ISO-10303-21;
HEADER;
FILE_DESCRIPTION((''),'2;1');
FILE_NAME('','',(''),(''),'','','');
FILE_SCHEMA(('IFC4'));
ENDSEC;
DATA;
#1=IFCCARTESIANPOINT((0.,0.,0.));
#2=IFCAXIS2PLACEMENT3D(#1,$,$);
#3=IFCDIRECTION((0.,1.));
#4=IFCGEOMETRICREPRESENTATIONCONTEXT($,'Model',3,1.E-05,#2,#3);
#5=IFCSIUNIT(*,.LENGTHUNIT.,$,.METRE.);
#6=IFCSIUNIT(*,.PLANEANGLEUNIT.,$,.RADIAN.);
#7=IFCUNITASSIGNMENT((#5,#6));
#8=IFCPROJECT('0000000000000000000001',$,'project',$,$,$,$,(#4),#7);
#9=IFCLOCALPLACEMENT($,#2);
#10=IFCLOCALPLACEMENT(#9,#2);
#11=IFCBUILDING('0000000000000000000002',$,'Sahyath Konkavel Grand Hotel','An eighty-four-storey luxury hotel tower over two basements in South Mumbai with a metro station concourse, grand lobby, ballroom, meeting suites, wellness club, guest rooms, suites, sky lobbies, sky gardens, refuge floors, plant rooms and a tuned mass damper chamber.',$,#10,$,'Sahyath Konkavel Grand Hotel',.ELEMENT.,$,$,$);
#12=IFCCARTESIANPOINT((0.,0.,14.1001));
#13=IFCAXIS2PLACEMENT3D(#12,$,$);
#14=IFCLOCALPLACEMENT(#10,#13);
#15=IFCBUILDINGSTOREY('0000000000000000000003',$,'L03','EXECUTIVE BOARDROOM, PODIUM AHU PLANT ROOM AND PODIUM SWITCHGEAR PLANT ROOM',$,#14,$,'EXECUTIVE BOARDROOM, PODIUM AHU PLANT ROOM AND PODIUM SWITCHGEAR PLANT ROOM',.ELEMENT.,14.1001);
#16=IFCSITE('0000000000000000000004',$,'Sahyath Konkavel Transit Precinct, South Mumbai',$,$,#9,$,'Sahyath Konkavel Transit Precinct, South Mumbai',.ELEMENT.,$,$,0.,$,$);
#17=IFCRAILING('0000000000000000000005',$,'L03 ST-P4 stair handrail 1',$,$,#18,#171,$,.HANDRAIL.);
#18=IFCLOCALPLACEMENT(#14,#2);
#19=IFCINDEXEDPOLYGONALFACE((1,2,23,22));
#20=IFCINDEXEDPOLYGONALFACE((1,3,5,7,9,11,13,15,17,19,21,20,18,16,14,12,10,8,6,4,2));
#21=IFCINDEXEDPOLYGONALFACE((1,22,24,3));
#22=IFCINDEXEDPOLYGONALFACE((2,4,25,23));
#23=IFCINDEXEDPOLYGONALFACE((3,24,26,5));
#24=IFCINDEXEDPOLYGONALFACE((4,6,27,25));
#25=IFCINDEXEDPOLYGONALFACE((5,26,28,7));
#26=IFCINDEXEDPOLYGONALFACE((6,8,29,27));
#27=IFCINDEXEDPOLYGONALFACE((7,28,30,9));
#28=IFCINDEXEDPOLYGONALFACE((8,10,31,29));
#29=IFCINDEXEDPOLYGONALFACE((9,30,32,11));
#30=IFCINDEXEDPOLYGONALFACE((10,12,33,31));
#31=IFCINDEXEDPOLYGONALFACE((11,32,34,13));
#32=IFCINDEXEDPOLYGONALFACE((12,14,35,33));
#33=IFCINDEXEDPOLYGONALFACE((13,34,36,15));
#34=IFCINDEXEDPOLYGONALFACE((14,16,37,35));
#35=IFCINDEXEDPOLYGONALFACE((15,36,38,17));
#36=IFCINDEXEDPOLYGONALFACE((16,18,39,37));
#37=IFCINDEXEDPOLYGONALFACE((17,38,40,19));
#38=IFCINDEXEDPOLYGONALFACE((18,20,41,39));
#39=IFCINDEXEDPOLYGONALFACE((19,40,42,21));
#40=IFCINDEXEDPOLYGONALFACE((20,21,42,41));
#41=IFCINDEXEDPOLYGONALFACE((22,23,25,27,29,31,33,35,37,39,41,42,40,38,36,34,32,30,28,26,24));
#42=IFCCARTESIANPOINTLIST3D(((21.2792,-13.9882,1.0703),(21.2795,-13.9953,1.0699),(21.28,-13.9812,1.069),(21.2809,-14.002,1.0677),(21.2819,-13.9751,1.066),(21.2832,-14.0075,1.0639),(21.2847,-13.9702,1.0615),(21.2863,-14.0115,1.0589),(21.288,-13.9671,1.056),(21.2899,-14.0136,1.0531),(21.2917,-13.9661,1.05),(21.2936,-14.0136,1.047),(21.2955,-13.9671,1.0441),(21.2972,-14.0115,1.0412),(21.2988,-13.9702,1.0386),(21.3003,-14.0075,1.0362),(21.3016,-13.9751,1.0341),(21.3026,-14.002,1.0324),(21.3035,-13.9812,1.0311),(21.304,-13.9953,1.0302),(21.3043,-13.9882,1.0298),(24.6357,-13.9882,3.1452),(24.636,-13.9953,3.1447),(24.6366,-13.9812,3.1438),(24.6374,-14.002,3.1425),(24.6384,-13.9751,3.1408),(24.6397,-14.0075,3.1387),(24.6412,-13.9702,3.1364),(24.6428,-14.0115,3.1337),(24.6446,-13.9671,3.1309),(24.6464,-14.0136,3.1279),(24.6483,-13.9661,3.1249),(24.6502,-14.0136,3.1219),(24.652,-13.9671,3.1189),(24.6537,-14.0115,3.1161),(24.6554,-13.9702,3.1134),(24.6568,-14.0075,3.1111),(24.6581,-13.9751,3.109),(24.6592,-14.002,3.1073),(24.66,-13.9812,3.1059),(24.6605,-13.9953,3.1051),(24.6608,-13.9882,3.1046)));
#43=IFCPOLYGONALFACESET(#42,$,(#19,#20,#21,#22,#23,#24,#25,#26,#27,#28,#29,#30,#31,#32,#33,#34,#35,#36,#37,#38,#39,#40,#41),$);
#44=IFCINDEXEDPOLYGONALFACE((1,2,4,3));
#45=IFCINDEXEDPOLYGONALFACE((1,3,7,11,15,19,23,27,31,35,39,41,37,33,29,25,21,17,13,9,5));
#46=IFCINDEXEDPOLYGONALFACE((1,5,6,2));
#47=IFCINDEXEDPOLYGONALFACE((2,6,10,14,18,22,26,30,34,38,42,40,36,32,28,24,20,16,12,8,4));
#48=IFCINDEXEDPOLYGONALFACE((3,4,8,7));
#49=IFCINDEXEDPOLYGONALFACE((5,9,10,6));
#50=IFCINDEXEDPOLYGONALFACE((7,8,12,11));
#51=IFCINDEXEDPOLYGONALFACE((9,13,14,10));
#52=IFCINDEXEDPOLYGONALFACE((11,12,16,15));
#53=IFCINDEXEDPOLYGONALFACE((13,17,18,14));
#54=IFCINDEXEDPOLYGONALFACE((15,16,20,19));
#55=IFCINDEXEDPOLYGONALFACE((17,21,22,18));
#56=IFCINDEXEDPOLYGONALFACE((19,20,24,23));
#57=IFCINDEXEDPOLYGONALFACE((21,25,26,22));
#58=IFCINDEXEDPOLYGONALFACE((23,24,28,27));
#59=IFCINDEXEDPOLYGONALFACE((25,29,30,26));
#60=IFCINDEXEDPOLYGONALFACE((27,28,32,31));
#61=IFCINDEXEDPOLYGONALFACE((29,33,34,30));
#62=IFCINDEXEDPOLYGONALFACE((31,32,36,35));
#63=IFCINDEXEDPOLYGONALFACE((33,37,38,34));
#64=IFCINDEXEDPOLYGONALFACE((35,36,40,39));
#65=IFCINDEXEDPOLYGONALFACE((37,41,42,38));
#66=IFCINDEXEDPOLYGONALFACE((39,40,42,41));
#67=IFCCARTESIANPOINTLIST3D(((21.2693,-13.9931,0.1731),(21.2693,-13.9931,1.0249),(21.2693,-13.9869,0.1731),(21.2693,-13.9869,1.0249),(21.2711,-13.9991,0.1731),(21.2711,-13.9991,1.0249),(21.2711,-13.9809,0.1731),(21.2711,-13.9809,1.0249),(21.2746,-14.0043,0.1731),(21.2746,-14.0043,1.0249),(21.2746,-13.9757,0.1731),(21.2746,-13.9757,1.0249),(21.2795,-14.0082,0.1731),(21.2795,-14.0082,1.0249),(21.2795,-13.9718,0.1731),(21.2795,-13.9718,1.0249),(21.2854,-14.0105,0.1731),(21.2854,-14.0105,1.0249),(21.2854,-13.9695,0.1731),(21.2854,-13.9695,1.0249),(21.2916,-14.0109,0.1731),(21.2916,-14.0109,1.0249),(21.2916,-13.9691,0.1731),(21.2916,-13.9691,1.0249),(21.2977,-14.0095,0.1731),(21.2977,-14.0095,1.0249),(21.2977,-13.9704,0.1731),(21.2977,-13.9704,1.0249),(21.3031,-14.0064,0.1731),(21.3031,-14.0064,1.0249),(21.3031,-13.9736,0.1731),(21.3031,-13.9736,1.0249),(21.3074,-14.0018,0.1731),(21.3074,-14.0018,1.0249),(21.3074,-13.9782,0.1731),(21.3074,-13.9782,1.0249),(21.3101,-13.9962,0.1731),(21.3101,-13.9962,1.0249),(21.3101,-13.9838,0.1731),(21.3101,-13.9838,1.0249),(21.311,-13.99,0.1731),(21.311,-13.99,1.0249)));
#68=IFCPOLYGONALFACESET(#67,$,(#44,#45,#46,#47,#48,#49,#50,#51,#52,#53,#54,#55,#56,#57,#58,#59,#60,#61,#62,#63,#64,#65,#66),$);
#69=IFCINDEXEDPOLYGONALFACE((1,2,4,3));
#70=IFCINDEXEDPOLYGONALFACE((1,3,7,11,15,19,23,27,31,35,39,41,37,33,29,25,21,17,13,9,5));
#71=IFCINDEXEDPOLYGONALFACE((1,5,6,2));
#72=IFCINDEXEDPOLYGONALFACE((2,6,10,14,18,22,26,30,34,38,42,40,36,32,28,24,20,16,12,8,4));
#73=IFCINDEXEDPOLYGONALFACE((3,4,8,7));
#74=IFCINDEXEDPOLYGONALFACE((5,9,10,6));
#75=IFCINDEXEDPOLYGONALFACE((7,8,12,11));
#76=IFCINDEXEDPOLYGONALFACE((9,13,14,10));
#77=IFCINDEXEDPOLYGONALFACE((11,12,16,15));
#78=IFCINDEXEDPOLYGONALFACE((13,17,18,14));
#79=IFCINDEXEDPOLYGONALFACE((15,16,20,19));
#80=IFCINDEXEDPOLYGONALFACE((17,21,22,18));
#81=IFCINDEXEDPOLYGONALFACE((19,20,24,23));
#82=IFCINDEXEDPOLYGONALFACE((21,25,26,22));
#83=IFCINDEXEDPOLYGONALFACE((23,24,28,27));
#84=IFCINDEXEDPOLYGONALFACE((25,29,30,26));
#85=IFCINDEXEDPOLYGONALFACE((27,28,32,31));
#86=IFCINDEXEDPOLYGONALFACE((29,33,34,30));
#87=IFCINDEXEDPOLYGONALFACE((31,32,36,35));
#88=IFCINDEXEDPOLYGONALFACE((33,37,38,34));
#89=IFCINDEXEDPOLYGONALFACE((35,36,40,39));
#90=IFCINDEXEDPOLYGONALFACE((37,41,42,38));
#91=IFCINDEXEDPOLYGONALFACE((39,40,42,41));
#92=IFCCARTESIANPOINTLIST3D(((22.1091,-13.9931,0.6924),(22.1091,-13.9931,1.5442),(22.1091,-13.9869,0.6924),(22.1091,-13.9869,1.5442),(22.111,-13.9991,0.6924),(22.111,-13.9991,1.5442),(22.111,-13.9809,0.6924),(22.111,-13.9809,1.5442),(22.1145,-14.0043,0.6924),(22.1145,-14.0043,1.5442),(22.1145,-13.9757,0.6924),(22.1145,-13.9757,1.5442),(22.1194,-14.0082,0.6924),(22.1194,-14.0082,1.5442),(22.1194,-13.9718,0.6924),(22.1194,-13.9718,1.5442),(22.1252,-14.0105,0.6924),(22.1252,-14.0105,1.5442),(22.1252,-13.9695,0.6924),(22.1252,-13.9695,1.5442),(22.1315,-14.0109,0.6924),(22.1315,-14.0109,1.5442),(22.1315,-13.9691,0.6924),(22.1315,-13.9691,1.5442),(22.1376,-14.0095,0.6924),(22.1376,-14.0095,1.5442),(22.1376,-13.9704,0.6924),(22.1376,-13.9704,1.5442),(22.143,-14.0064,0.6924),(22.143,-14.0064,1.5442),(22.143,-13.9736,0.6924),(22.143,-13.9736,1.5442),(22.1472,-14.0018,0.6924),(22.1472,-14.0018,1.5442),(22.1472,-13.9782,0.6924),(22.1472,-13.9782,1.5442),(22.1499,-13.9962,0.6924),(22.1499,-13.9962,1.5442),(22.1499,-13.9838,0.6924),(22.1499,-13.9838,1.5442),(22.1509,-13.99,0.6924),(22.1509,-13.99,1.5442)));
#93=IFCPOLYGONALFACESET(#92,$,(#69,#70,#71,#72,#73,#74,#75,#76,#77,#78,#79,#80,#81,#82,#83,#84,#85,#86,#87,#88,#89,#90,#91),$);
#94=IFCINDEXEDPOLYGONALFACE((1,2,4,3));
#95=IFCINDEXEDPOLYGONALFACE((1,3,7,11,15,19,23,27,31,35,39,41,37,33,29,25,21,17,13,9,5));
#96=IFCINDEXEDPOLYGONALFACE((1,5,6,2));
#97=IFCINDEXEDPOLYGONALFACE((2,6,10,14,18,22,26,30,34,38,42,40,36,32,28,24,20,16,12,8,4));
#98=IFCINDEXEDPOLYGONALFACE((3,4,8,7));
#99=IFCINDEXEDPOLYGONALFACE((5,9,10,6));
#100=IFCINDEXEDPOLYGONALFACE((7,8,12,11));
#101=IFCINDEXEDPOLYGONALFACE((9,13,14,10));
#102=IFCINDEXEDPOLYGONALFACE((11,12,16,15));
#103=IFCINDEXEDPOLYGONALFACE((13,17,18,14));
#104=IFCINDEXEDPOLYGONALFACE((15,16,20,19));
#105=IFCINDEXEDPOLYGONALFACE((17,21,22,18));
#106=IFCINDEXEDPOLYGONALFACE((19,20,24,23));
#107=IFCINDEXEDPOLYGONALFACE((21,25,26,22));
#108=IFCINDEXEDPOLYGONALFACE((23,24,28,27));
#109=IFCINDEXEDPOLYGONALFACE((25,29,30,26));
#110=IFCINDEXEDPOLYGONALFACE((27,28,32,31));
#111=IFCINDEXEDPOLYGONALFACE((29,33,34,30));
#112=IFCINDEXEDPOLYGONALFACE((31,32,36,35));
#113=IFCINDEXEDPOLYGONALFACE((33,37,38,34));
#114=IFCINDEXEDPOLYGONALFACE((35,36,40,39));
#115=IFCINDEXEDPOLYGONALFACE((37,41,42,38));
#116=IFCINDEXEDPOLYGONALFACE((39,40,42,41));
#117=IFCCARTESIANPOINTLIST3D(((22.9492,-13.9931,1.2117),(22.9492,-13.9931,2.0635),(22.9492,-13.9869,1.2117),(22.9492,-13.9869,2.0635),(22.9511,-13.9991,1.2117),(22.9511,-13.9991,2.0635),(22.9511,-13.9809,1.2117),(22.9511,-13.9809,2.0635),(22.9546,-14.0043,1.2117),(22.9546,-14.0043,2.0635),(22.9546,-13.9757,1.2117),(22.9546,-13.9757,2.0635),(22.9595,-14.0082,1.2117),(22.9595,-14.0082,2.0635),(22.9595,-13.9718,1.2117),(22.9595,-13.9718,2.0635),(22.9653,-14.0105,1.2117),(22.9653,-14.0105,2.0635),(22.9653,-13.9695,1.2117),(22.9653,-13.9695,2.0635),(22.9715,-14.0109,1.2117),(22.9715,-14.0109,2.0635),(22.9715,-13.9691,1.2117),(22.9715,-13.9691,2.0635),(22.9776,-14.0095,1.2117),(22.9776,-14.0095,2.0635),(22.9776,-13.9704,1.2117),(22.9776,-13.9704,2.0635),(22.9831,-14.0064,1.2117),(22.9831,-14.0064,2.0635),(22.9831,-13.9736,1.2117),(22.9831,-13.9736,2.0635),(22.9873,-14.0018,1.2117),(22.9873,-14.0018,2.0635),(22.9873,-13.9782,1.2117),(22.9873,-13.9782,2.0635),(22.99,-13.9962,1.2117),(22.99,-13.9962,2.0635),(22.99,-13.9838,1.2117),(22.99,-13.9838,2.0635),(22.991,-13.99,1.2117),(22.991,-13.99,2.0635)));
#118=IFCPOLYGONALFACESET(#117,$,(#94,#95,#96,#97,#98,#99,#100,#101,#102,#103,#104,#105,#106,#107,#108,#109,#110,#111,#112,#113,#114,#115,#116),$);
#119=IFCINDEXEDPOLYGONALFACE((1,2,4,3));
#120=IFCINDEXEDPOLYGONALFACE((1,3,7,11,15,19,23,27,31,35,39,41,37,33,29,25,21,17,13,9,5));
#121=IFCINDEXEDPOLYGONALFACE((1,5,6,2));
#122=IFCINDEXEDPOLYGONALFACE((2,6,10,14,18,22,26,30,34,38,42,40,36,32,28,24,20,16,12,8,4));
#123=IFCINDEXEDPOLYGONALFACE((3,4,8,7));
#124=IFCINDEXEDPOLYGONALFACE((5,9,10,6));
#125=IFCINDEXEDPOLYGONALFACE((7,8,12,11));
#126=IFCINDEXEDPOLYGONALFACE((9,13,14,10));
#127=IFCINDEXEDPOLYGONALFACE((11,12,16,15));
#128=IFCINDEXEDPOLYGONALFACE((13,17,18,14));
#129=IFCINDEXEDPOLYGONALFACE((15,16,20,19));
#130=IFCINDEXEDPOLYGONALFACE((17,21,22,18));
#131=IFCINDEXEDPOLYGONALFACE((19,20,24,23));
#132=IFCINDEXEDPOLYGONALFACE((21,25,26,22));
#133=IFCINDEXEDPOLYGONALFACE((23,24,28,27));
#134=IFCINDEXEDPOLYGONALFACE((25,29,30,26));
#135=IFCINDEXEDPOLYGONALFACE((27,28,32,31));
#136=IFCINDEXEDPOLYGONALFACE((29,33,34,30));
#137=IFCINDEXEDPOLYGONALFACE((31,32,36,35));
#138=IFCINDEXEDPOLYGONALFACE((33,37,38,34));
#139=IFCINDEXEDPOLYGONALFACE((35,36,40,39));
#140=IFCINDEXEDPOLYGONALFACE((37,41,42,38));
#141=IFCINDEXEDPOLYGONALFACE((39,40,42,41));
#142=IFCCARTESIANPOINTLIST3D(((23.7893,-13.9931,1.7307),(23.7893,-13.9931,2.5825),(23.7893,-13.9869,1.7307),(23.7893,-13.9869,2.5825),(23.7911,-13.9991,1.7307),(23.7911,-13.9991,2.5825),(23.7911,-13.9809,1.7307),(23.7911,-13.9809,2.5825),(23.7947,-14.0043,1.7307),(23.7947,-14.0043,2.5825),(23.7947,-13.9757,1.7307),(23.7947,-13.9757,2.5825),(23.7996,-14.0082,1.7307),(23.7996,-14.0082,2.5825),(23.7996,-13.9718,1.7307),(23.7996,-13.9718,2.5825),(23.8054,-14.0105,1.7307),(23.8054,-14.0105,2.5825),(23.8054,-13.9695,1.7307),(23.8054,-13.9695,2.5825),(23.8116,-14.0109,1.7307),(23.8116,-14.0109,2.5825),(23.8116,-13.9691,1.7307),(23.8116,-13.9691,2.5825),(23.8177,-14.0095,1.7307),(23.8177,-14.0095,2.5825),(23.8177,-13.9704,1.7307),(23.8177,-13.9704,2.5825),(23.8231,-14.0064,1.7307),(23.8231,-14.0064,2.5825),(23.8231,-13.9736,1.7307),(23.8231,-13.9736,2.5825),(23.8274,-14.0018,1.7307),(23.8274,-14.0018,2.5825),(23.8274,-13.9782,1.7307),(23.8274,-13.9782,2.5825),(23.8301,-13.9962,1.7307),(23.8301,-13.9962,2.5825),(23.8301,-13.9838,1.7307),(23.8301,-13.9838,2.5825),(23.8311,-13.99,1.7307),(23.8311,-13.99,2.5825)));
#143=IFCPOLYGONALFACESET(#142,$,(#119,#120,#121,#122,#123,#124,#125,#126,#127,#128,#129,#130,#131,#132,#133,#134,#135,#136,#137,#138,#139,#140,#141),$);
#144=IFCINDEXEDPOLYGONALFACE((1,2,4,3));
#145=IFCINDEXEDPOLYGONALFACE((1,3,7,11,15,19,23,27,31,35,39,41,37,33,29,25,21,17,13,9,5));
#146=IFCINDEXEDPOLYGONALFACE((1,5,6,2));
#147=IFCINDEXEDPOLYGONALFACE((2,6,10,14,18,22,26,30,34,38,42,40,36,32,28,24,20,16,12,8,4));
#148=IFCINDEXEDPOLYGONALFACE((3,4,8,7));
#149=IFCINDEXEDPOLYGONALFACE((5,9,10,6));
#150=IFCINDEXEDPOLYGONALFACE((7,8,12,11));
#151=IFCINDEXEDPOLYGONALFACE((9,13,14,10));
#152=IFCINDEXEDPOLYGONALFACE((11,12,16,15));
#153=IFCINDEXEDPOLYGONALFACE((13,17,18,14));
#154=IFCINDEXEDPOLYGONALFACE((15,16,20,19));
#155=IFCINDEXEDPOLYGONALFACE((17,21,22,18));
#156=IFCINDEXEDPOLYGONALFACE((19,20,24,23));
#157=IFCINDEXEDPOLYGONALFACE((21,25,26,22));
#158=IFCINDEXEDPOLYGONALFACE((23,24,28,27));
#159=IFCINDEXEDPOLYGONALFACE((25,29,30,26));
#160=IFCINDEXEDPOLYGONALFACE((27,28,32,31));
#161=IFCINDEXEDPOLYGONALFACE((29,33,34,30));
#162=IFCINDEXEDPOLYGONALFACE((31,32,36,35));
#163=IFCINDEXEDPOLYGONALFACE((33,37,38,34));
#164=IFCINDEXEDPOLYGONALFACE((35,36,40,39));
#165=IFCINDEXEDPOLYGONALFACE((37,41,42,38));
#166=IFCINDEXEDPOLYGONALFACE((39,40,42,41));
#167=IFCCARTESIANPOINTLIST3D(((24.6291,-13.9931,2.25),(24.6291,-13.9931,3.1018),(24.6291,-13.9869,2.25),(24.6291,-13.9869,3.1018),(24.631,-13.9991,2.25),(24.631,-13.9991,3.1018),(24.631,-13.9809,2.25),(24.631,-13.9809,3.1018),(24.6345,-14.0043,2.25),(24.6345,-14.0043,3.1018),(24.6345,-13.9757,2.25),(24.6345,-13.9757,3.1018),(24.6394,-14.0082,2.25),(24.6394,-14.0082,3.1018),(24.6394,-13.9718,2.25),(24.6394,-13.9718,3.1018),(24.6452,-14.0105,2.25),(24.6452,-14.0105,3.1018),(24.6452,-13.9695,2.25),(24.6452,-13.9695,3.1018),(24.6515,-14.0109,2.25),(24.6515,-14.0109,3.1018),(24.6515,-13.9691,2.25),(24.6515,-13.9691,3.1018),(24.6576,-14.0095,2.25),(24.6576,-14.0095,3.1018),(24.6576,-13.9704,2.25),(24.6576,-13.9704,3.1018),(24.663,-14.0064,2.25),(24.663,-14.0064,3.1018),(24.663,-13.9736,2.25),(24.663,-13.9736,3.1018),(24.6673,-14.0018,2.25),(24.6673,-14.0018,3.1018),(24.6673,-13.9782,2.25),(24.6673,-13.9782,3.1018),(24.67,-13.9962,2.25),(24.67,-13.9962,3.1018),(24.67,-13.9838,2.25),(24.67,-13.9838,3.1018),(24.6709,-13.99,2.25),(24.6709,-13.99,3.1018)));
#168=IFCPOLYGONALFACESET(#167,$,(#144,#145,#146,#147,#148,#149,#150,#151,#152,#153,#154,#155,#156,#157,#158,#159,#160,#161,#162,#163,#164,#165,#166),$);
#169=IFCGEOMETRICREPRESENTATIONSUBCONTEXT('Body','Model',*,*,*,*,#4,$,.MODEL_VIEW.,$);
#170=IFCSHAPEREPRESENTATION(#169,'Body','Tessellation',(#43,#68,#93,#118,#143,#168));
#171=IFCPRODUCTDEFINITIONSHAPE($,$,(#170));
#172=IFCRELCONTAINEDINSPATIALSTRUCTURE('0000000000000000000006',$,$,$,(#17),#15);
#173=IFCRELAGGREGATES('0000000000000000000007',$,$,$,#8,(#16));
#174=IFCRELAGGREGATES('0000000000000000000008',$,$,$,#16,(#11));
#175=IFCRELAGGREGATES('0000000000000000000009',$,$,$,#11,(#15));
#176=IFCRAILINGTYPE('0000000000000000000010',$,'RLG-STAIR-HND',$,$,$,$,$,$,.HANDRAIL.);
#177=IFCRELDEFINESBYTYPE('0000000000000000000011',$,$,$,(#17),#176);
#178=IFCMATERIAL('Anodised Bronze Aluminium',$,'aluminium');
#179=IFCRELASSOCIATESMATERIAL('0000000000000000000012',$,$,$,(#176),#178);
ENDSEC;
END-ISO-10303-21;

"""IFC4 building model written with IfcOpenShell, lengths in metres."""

from ifc_helpers import new_model, si_unit, direction, frame, origin, origin_2d, place, context, subcontext, project, spatial, circle, extrude, material, type_object, element, save


model = new_model("IFC4")

# Units and contexts
model_context = context("Model", 3, precision=1e-05, world=origin(), true_north=direction((0.0, 1.0)))
body_context = subcontext(model_context, "Body", "Model", "MODEL_VIEW")
ifc_project = project(units=[si_unit("LENGTHUNIT", "METRE"), si_unit("PLANEANGLEUNIT", "RADIAN")], contexts=[model_context])

# Site, building, storey
site_placement = place(None, origin())
site = spatial("IfcSite", under=ifc_project, at=site_placement, Name="Sahyath Konkavel Transit Precinct, South Mumbai", LongName="Sahyath Konkavel Transit Precinct, South Mumbai", CompositionType="ELEMENT", RefElevation=0.0)
building_placement = place(site_placement, origin())
building = spatial("IfcBuilding", under=site, at=building_placement, Name="Sahyath Konkavel Grand Hotel", Description="An eighty-four-storey luxury hotel tower over two basements in South Mumbai with a metro station concourse, grand lobby, ballroom, meeting suites, wellness club, guest rooms, suites, sky lobbies, sky gardens, refuge floors, plant rooms and a tuned mass damper chamber.", LongName="Sahyath Konkavel Grand Hotel", CompositionType="ELEMENT")
storey_placement = place(building_placement, frame((0.0, 0.0, 14.1001)))
storey = spatial("IfcBuildingStorey", under=building, at=storey_placement, Name="L03", Description="EXECUTIVE BOARDROOM, PODIUM AHU PLANT ROOM AND PODIUM SWITCHGEAR PLANT ROOM", LongName="EXECUTIVE BOARDROOM, PODIUM AHU PLANT ROOM AND PODIUM SWITCHGEAR PLANT ROOM", CompositionType="ELEMENT", Elevation=14.1001)

# Shared definitions
ifc_material_1 = material(Name="Anodised Bronze Aluminium", Category="aluminium")

# Railing
railing_type_1 = type_object("IfcRailingType", Name="RLG-STAIR-HND", PredefinedType="HANDRAIL", material=ifc_material_1)
railing_1_placement = place(storey_placement, frame((21.29, -13.99, 0.1731)))
element("IfcRailing", 1, at=railing_1_placement, inside=storey, type_object=railing_type_1, Name="L03 ST-P4 stair handrail 1", PredefinedType="HANDRAIL", context=body_context, shape_type="SweptSolid", body=[
    extrude(circle(Radius=0.0239, at=origin_2d()), frame((0.0017, 0.0, 0.877), z_axis=(0.850606, 0.0, 0.525803), x_axis=(0.0, 1.0, 0.0)), (0.0, 0.0, 1.0), 3.946),
    extrude(circle(Radius=0.021, at=origin_2d()), origin(), (0.0, 0.0, 1.0), 0.8518),
    extrude(circle(Radius=0.021, at=origin_2d()), frame((0.8398, 0.0, 0.5193)), (0.0, 0.0, 1.0), 0.8518),
    extrude(circle(Radius=0.021, at=origin_2d()), frame((1.6799, 0.0, 1.0386)), (0.0, 0.0, 1.0), 0.8518),
    extrude(circle(Radius=0.021, at=origin_2d()), frame((2.52, 0.0, 1.5576)), (0.0, 0.0, 1.0), 0.8518),
    extrude(circle(Radius=0.021, at=origin_2d()), frame((3.3599, 0.0, 2.0769)), (0.0, 0.0, 1.0), 0.8518),
])

save(model, "model.ifc")
